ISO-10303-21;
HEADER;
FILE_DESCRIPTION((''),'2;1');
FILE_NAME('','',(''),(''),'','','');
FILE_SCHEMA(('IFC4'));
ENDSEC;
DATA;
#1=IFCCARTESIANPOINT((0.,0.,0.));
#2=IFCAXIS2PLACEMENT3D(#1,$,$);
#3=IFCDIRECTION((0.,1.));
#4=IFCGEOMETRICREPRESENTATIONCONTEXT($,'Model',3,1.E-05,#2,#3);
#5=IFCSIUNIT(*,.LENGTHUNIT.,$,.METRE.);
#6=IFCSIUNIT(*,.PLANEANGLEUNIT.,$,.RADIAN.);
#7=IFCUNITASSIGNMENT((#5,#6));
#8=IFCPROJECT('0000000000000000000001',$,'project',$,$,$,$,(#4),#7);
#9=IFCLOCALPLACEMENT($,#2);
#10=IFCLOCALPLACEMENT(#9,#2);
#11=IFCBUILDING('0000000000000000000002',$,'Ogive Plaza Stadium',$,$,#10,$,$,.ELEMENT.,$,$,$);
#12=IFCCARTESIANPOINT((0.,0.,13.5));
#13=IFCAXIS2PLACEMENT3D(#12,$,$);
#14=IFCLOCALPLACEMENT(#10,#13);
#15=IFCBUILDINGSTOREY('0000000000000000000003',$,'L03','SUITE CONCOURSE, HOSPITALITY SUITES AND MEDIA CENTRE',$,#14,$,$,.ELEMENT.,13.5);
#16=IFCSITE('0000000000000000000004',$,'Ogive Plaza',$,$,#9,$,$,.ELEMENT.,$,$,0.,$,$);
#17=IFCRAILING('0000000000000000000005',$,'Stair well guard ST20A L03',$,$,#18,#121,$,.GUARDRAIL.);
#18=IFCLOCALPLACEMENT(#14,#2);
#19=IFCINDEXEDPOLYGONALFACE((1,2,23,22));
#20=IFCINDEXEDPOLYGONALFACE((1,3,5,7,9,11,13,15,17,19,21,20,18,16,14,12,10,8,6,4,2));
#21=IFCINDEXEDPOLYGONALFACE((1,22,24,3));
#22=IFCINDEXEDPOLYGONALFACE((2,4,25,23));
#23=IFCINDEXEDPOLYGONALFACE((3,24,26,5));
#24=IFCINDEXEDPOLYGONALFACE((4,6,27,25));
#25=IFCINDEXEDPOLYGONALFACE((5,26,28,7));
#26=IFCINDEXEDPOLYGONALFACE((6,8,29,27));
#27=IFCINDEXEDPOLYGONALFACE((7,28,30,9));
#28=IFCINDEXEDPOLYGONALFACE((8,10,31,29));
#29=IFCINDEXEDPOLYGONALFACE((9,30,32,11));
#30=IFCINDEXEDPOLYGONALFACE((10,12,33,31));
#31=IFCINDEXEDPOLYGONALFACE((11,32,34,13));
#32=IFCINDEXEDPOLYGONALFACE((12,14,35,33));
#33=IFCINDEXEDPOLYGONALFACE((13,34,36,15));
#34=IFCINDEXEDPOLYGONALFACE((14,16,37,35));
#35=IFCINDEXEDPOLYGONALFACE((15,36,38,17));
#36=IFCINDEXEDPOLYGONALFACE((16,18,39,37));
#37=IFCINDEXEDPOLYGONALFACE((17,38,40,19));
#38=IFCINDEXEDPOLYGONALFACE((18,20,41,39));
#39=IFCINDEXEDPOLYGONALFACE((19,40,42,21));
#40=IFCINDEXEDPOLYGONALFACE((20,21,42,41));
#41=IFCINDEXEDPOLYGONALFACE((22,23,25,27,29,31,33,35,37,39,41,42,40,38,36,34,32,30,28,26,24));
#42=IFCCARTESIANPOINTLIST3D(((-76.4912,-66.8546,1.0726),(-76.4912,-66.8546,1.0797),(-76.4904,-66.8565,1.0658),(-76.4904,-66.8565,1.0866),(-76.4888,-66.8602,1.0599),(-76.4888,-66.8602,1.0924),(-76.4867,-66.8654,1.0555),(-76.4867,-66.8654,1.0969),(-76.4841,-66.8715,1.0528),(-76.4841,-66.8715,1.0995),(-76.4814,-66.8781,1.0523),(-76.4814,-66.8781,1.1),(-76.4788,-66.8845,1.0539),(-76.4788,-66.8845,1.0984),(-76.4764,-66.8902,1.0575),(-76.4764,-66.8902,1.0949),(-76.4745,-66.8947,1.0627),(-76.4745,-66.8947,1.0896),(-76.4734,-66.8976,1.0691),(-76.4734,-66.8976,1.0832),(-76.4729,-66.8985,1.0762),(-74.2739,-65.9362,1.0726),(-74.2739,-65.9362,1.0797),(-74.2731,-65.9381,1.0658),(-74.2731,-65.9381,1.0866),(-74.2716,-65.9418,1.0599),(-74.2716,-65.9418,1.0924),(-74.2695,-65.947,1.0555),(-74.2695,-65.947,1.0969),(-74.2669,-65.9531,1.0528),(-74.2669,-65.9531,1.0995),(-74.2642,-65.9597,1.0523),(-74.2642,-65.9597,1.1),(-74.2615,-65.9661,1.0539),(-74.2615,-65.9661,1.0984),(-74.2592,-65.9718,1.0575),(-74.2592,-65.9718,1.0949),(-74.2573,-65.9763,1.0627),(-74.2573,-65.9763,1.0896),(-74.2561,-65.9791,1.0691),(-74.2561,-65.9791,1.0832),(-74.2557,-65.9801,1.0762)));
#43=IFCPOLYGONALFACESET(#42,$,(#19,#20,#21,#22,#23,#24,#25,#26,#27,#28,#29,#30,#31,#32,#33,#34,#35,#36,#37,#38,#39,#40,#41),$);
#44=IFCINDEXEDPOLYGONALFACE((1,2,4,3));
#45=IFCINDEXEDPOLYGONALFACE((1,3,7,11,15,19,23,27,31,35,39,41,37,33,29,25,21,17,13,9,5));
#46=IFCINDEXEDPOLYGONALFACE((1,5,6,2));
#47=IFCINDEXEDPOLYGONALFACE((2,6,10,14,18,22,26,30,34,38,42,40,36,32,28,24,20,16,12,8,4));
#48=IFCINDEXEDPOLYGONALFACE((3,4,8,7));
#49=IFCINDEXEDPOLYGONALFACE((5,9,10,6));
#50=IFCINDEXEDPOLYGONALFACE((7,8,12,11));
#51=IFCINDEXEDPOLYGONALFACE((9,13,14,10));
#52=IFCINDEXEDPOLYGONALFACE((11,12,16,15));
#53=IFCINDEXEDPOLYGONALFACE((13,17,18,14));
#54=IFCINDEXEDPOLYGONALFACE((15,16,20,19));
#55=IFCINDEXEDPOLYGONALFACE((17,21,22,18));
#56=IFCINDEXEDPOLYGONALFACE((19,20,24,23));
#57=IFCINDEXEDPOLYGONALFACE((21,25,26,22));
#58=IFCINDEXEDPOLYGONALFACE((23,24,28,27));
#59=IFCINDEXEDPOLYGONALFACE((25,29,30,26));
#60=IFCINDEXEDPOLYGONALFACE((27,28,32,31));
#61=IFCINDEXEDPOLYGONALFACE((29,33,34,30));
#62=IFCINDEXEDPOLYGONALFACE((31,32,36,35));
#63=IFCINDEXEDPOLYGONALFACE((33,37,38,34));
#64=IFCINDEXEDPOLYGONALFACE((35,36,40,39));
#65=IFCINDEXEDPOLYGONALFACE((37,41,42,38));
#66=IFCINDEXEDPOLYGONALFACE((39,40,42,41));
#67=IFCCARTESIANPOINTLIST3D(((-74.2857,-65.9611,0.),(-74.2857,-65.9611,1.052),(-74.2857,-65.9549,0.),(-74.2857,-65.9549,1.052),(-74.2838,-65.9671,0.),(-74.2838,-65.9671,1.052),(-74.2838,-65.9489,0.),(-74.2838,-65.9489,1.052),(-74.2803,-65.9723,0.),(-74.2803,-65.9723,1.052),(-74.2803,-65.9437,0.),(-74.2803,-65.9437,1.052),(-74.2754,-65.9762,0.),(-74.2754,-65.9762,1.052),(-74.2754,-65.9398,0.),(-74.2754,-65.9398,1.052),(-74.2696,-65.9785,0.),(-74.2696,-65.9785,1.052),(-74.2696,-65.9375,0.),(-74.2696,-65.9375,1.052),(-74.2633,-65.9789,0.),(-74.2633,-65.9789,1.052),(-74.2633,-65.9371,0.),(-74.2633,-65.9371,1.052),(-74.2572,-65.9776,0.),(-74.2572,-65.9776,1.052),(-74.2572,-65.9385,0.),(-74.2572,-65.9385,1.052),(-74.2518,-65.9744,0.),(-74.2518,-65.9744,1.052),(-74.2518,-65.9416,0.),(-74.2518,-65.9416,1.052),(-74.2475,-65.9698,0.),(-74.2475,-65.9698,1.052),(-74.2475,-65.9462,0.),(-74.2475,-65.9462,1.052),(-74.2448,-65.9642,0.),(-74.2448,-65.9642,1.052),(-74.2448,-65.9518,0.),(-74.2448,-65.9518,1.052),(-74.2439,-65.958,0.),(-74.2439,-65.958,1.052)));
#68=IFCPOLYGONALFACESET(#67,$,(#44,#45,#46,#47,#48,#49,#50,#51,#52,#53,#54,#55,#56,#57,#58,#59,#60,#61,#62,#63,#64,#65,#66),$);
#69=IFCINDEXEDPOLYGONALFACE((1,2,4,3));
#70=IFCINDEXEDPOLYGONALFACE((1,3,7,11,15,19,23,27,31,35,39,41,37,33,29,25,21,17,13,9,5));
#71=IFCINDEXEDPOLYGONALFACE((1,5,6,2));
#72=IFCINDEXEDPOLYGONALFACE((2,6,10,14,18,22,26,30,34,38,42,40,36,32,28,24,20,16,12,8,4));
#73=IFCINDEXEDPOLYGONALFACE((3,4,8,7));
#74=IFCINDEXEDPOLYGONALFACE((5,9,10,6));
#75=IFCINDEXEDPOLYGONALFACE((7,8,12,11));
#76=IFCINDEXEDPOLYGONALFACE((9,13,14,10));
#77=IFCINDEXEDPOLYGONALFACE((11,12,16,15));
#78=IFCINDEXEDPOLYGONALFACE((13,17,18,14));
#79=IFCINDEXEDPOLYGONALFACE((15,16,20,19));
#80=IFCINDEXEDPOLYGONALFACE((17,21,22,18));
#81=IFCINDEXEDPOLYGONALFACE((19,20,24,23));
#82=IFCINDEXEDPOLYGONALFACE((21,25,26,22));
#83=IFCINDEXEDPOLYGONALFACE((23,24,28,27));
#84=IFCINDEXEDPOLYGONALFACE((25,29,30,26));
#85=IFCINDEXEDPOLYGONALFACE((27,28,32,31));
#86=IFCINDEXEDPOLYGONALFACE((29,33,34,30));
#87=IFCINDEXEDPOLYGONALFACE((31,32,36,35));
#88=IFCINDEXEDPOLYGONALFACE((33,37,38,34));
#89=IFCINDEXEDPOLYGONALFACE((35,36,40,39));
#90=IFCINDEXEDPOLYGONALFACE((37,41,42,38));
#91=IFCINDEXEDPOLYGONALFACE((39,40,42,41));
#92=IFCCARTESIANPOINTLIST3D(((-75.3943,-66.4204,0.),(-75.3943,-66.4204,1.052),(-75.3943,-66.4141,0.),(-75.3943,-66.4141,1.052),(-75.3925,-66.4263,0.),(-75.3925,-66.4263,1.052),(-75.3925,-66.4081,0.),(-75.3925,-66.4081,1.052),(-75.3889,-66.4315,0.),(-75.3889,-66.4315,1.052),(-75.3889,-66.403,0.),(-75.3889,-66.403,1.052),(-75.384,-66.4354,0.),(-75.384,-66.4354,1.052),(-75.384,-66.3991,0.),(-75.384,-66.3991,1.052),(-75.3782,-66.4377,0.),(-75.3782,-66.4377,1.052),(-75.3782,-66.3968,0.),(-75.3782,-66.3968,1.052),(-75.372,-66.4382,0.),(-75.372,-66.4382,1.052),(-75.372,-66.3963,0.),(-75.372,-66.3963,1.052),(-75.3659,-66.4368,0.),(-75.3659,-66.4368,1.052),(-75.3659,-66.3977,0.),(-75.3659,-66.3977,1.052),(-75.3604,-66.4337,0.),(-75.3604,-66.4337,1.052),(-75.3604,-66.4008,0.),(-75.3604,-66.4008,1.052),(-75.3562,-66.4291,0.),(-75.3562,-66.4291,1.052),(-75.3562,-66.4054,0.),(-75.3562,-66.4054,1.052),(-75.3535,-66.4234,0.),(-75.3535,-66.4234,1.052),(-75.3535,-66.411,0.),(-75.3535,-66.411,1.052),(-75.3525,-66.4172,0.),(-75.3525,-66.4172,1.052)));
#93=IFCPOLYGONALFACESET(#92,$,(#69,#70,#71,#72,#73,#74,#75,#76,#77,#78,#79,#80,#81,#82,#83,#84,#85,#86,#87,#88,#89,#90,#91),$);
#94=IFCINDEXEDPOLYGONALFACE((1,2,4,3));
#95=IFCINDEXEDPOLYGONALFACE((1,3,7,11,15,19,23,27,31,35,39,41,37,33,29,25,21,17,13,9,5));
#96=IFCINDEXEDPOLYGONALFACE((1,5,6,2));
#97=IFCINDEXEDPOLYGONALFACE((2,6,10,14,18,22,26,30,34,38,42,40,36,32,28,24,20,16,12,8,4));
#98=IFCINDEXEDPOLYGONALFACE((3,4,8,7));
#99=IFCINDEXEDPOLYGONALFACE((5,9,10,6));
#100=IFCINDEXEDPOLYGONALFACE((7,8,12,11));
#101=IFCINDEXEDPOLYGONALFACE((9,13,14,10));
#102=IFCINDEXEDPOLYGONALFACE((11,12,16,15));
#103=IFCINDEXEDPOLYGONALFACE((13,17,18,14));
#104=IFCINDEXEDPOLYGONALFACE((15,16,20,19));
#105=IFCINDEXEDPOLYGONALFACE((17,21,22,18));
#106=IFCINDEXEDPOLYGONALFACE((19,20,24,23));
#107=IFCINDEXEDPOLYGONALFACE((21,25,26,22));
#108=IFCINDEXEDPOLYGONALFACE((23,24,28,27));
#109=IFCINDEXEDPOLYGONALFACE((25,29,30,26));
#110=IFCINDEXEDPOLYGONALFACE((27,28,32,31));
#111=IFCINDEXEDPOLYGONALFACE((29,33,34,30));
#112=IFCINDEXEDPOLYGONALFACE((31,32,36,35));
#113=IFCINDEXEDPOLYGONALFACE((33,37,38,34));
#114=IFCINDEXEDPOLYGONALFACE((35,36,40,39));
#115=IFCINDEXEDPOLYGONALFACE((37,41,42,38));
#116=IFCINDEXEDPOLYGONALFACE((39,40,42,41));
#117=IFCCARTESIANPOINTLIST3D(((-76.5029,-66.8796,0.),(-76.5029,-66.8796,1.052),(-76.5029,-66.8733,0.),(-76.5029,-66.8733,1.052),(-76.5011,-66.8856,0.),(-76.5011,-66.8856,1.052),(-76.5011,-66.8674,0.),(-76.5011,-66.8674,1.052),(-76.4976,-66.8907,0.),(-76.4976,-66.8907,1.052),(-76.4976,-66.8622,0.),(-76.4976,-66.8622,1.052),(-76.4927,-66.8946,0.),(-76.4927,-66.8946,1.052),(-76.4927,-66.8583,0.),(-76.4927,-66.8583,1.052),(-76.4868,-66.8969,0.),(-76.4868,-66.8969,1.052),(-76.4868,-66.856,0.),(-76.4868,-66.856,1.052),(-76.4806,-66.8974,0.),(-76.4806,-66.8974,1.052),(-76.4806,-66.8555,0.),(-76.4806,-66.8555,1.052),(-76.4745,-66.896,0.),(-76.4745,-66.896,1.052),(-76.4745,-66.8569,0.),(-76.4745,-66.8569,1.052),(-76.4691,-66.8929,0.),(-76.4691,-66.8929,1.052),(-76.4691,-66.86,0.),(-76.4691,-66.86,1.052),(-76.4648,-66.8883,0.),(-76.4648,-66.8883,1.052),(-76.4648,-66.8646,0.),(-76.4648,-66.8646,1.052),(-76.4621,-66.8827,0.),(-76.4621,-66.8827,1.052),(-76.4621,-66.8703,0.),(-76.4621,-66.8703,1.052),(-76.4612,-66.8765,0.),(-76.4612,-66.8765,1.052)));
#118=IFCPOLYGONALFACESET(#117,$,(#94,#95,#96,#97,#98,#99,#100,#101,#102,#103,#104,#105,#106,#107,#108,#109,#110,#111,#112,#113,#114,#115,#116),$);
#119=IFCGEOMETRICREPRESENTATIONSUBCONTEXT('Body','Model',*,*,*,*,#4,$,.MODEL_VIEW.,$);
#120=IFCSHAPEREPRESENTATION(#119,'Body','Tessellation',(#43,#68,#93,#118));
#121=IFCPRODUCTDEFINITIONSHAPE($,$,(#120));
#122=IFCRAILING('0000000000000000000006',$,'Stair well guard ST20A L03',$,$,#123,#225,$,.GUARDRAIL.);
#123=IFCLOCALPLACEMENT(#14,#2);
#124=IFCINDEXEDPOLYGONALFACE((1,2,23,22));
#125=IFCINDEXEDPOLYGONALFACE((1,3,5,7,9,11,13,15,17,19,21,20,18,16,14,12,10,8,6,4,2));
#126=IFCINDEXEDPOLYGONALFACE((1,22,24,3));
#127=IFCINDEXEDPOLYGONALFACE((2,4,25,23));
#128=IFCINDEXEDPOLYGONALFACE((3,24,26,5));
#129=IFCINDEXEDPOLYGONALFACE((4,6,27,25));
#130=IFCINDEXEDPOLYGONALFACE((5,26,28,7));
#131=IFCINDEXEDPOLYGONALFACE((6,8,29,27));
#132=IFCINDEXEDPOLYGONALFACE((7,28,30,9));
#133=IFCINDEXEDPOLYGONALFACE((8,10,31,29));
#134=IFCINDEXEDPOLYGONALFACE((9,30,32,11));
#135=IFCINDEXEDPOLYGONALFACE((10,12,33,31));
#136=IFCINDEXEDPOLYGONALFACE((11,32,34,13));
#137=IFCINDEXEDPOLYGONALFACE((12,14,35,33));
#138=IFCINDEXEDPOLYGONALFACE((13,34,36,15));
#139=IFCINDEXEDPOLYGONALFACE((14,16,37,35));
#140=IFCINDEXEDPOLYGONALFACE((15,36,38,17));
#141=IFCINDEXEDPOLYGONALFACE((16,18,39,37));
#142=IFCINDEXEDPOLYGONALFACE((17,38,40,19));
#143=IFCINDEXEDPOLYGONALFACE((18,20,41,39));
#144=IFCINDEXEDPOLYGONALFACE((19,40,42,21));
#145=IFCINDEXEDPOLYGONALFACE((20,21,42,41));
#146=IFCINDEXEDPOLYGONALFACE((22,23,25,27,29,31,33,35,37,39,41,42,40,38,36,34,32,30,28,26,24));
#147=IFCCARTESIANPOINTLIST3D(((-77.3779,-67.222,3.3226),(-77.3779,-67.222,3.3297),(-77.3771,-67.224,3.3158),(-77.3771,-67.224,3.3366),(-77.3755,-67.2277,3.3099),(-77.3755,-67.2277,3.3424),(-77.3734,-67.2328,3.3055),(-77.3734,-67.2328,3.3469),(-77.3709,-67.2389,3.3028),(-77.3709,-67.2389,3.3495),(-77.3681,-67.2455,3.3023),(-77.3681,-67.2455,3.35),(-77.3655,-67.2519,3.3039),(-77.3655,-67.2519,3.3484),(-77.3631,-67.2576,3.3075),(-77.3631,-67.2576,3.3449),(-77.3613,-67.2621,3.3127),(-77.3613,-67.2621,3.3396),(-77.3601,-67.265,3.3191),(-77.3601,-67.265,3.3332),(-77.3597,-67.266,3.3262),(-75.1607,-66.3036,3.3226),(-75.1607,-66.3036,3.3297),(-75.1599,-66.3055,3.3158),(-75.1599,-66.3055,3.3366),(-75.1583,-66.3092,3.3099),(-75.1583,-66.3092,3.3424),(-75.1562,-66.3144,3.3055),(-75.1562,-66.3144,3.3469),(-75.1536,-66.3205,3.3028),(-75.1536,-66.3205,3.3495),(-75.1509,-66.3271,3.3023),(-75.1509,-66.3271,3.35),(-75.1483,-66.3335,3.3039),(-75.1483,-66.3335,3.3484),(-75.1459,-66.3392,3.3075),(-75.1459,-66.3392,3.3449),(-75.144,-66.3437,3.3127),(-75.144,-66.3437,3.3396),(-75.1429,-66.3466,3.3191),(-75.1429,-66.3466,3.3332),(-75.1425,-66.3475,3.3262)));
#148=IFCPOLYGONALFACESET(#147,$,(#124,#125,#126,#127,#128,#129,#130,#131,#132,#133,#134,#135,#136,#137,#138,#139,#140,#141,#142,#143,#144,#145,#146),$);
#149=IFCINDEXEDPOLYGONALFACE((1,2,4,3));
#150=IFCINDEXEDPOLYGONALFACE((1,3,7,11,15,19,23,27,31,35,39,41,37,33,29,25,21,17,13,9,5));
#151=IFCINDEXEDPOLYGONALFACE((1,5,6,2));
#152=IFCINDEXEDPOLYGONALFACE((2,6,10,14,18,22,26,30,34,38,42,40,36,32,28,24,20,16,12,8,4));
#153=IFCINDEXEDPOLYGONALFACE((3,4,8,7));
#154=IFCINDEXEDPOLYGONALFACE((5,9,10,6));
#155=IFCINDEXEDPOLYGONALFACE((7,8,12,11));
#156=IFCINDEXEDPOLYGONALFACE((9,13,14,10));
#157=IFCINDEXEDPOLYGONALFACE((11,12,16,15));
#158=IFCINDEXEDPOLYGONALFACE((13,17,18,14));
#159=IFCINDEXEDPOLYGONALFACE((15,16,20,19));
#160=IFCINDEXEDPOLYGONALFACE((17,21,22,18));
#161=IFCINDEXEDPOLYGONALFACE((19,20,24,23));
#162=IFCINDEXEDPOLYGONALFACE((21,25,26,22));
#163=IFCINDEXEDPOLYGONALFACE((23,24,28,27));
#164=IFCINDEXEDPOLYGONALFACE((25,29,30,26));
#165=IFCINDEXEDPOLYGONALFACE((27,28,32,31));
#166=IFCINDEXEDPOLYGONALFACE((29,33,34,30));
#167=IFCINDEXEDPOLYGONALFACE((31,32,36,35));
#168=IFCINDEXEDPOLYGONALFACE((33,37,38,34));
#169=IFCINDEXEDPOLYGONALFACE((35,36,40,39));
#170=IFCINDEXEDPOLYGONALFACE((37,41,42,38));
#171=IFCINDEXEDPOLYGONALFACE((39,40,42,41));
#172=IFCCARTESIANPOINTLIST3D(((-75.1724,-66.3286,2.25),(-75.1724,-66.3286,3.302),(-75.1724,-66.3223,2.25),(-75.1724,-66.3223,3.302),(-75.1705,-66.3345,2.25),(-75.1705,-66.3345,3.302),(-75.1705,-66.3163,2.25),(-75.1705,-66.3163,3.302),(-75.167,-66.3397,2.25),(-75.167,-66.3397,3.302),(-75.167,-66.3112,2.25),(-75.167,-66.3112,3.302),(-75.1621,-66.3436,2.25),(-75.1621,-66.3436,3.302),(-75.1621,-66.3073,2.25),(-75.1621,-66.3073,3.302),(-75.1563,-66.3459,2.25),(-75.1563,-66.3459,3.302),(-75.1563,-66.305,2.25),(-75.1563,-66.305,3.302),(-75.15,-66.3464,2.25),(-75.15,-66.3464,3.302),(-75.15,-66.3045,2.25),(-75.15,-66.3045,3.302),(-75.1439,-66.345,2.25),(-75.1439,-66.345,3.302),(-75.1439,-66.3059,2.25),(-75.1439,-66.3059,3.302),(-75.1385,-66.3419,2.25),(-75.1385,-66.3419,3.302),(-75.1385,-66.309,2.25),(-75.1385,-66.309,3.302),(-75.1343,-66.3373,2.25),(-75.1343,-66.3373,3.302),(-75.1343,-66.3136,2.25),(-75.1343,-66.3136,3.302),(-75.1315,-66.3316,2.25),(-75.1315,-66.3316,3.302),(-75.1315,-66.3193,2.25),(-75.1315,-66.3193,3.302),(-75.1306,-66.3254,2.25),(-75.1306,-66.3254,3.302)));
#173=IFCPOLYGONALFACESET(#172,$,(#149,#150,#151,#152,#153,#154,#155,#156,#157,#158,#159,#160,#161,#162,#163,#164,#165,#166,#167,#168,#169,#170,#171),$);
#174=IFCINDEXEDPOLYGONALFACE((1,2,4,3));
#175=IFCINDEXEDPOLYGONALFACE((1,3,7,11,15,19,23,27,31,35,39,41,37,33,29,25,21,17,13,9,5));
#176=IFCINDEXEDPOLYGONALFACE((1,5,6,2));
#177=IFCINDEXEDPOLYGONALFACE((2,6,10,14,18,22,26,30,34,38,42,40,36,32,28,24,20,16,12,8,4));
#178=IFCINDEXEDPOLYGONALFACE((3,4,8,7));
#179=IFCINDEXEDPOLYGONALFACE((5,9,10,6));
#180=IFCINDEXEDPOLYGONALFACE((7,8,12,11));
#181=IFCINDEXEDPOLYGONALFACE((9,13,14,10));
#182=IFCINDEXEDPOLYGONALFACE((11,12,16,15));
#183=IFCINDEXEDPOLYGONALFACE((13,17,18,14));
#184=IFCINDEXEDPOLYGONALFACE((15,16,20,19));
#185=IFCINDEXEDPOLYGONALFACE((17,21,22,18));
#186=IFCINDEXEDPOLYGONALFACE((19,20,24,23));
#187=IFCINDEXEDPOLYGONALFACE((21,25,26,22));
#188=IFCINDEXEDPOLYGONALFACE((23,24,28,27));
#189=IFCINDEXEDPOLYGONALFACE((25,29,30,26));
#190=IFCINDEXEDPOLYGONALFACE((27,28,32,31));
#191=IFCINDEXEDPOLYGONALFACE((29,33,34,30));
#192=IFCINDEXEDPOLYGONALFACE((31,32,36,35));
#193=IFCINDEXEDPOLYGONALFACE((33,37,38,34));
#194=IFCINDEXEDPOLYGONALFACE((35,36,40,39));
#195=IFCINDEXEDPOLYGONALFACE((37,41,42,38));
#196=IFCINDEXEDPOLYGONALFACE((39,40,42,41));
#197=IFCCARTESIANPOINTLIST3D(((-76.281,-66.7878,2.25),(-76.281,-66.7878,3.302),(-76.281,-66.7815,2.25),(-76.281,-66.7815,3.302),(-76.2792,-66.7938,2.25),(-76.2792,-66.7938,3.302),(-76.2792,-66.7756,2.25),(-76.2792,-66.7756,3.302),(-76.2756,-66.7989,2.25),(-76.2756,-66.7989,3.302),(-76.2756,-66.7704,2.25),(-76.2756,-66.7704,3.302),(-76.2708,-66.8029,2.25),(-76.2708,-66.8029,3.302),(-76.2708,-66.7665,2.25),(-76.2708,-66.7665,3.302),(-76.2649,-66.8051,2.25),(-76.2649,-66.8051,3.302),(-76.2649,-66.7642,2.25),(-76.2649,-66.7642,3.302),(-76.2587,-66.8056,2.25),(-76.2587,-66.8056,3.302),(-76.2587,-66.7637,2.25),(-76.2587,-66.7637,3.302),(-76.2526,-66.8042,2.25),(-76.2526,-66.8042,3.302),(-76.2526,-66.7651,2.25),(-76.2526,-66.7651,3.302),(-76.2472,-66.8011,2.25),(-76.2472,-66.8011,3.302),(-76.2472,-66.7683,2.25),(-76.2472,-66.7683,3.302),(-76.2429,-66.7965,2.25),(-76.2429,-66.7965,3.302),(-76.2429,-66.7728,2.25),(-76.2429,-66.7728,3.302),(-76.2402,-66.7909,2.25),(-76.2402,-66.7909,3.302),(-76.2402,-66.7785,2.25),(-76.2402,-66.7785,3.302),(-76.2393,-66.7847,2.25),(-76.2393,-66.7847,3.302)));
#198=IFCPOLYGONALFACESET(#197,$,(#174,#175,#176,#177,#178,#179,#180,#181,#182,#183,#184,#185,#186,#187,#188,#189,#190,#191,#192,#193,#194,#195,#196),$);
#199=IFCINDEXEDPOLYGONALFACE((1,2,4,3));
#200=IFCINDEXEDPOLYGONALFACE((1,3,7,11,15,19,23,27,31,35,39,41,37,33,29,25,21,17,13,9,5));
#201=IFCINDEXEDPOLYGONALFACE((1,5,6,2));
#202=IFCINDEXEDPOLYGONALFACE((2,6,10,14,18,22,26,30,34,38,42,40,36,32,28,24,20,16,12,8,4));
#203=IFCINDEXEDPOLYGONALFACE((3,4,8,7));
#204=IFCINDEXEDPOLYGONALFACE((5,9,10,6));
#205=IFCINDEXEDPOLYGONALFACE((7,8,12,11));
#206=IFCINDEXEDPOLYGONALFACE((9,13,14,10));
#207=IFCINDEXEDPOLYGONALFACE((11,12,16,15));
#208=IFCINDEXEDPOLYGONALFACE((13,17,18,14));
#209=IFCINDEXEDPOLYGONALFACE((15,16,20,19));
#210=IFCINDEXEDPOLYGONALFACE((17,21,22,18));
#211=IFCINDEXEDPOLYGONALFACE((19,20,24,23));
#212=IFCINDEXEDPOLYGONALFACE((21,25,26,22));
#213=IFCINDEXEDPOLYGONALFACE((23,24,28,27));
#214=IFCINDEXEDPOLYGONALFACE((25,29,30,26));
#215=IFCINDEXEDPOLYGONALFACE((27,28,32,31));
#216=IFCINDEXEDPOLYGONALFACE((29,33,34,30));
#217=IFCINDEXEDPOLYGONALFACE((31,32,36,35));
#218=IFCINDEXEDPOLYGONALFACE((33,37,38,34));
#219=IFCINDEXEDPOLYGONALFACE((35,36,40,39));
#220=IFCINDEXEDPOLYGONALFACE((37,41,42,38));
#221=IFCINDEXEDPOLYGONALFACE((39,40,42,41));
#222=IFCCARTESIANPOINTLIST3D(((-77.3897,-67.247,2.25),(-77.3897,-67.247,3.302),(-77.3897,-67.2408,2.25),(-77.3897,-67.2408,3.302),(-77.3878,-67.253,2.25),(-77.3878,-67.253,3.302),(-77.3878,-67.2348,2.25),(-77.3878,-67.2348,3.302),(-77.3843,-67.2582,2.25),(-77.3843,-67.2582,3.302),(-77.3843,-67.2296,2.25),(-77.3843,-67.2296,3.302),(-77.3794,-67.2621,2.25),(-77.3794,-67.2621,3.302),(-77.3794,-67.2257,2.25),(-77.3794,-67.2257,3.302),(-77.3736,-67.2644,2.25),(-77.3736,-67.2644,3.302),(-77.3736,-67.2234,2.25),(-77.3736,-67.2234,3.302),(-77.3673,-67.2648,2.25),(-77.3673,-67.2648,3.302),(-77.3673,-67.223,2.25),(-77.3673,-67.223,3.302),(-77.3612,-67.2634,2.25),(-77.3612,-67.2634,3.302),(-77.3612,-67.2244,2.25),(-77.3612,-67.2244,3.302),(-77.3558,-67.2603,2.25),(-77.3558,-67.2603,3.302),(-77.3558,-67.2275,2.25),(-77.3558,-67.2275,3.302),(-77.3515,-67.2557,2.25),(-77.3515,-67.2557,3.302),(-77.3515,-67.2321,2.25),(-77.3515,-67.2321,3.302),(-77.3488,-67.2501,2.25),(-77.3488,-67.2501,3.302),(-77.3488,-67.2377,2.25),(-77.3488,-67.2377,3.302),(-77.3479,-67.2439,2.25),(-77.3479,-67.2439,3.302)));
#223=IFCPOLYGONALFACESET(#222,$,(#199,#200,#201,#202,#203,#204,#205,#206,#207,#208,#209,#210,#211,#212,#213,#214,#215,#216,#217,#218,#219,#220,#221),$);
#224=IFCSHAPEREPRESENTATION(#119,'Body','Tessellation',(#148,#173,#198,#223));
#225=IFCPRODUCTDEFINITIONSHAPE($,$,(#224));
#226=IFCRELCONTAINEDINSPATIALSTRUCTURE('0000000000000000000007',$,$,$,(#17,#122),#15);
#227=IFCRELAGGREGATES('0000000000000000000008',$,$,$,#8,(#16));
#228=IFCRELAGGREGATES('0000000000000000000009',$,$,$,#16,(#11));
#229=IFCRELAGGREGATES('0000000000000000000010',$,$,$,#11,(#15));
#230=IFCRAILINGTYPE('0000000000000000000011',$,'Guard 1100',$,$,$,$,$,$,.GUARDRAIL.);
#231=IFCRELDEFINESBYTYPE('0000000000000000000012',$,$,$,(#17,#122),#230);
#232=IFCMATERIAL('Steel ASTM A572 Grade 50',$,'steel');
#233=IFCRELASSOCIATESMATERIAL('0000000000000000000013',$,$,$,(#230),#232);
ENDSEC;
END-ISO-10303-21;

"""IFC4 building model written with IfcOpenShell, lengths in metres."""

from ifc_helpers import new_model, si_unit, direction, frame, origin, origin_2d, place, context, subcontext, project, spatial, circle, extrude, material, type_object, element, save


model = new_model("IFC4")

# Units and contexts
model_context = context("Model", 3, precision=1e-05, world=origin(), true_north=direction((0.0, 1.0)))
body_context = subcontext(model_context, "Body", "Model", "MODEL_VIEW")
ifc_project = project(units=[si_unit("LENGTHUNIT", "METRE"), si_unit("PLANEANGLEUNIT", "RADIAN")], contexts=[model_context])

# Site, building, storey
site_placement = place(None, origin())
site = spatial("IfcSite", under=ifc_project, at=site_placement, Name="Ogive Plaza", CompositionType="ELEMENT", RefElevation=0.0)
building_placement = place(site_placement, origin())
building = spatial("IfcBuilding", under=site, at=building_placement, Name="Ogive Plaza Stadium", CompositionType="ELEMENT")
storey_placement = place(building_placement, frame((0.0, 0.0, 13.5)))
storey = spatial("IfcBuildingStorey", under=building, at=storey_placement, Name="L03", Description="SUITE CONCOURSE, HOSPITALITY SUITES AND MEDIA CENTRE", CompositionType="ELEMENT", Elevation=13.5)

# Railings
ifc_material_1 = material(Name="Steel ASTM A572 Grade 50", Category="steel")
railing_type_1 = type_object("IfcRailingType", Name="Guard 1100", PredefinedType="GUARDRAIL", material=ifc_material_1)
for number, where, name in (
    (1, (-74.2649, -65.958, 0.0), "Stair well guard ST20A L03"),
    (2, (-75.1516, -66.3254, 2.25), "Stair well guard ST20A L03"),
):
    element("IfcRailing", number, at=place(storey_placement, frame(where)), inside=storey, type_object=railing_type_1, Name=name, PredefinedType="GUARDRAIL", context=body_context, shape_type="SweptSolid", body=[
        extrude(circle(Radius=0.0239, at=origin_2d()), frame((0.0, 0.0, 1.0762), z_axis=(-0.923875, -0.382693, 0.0), x_axis=(0.382693, -0.923875, 0.0)), (0.0, 0.0, 1.0), 2.3999),
        extrude(circle(Radius=0.021, at=origin_2d()), origin(), (0.0, 0.0, 1.0), 1.052),
        extrude(circle(Radius=0.021, at=origin_2d()), frame((-1.1086, -0.4592, 0.0)), (0.0, 0.0, 1.0), 1.052),
        extrude(circle(Radius=0.021, at=origin_2d()), frame((-2.2173, -0.9185, 0.0)), (0.0, 0.0, 1.0), 1.052),
    ])

save(model, "model.ifc")
